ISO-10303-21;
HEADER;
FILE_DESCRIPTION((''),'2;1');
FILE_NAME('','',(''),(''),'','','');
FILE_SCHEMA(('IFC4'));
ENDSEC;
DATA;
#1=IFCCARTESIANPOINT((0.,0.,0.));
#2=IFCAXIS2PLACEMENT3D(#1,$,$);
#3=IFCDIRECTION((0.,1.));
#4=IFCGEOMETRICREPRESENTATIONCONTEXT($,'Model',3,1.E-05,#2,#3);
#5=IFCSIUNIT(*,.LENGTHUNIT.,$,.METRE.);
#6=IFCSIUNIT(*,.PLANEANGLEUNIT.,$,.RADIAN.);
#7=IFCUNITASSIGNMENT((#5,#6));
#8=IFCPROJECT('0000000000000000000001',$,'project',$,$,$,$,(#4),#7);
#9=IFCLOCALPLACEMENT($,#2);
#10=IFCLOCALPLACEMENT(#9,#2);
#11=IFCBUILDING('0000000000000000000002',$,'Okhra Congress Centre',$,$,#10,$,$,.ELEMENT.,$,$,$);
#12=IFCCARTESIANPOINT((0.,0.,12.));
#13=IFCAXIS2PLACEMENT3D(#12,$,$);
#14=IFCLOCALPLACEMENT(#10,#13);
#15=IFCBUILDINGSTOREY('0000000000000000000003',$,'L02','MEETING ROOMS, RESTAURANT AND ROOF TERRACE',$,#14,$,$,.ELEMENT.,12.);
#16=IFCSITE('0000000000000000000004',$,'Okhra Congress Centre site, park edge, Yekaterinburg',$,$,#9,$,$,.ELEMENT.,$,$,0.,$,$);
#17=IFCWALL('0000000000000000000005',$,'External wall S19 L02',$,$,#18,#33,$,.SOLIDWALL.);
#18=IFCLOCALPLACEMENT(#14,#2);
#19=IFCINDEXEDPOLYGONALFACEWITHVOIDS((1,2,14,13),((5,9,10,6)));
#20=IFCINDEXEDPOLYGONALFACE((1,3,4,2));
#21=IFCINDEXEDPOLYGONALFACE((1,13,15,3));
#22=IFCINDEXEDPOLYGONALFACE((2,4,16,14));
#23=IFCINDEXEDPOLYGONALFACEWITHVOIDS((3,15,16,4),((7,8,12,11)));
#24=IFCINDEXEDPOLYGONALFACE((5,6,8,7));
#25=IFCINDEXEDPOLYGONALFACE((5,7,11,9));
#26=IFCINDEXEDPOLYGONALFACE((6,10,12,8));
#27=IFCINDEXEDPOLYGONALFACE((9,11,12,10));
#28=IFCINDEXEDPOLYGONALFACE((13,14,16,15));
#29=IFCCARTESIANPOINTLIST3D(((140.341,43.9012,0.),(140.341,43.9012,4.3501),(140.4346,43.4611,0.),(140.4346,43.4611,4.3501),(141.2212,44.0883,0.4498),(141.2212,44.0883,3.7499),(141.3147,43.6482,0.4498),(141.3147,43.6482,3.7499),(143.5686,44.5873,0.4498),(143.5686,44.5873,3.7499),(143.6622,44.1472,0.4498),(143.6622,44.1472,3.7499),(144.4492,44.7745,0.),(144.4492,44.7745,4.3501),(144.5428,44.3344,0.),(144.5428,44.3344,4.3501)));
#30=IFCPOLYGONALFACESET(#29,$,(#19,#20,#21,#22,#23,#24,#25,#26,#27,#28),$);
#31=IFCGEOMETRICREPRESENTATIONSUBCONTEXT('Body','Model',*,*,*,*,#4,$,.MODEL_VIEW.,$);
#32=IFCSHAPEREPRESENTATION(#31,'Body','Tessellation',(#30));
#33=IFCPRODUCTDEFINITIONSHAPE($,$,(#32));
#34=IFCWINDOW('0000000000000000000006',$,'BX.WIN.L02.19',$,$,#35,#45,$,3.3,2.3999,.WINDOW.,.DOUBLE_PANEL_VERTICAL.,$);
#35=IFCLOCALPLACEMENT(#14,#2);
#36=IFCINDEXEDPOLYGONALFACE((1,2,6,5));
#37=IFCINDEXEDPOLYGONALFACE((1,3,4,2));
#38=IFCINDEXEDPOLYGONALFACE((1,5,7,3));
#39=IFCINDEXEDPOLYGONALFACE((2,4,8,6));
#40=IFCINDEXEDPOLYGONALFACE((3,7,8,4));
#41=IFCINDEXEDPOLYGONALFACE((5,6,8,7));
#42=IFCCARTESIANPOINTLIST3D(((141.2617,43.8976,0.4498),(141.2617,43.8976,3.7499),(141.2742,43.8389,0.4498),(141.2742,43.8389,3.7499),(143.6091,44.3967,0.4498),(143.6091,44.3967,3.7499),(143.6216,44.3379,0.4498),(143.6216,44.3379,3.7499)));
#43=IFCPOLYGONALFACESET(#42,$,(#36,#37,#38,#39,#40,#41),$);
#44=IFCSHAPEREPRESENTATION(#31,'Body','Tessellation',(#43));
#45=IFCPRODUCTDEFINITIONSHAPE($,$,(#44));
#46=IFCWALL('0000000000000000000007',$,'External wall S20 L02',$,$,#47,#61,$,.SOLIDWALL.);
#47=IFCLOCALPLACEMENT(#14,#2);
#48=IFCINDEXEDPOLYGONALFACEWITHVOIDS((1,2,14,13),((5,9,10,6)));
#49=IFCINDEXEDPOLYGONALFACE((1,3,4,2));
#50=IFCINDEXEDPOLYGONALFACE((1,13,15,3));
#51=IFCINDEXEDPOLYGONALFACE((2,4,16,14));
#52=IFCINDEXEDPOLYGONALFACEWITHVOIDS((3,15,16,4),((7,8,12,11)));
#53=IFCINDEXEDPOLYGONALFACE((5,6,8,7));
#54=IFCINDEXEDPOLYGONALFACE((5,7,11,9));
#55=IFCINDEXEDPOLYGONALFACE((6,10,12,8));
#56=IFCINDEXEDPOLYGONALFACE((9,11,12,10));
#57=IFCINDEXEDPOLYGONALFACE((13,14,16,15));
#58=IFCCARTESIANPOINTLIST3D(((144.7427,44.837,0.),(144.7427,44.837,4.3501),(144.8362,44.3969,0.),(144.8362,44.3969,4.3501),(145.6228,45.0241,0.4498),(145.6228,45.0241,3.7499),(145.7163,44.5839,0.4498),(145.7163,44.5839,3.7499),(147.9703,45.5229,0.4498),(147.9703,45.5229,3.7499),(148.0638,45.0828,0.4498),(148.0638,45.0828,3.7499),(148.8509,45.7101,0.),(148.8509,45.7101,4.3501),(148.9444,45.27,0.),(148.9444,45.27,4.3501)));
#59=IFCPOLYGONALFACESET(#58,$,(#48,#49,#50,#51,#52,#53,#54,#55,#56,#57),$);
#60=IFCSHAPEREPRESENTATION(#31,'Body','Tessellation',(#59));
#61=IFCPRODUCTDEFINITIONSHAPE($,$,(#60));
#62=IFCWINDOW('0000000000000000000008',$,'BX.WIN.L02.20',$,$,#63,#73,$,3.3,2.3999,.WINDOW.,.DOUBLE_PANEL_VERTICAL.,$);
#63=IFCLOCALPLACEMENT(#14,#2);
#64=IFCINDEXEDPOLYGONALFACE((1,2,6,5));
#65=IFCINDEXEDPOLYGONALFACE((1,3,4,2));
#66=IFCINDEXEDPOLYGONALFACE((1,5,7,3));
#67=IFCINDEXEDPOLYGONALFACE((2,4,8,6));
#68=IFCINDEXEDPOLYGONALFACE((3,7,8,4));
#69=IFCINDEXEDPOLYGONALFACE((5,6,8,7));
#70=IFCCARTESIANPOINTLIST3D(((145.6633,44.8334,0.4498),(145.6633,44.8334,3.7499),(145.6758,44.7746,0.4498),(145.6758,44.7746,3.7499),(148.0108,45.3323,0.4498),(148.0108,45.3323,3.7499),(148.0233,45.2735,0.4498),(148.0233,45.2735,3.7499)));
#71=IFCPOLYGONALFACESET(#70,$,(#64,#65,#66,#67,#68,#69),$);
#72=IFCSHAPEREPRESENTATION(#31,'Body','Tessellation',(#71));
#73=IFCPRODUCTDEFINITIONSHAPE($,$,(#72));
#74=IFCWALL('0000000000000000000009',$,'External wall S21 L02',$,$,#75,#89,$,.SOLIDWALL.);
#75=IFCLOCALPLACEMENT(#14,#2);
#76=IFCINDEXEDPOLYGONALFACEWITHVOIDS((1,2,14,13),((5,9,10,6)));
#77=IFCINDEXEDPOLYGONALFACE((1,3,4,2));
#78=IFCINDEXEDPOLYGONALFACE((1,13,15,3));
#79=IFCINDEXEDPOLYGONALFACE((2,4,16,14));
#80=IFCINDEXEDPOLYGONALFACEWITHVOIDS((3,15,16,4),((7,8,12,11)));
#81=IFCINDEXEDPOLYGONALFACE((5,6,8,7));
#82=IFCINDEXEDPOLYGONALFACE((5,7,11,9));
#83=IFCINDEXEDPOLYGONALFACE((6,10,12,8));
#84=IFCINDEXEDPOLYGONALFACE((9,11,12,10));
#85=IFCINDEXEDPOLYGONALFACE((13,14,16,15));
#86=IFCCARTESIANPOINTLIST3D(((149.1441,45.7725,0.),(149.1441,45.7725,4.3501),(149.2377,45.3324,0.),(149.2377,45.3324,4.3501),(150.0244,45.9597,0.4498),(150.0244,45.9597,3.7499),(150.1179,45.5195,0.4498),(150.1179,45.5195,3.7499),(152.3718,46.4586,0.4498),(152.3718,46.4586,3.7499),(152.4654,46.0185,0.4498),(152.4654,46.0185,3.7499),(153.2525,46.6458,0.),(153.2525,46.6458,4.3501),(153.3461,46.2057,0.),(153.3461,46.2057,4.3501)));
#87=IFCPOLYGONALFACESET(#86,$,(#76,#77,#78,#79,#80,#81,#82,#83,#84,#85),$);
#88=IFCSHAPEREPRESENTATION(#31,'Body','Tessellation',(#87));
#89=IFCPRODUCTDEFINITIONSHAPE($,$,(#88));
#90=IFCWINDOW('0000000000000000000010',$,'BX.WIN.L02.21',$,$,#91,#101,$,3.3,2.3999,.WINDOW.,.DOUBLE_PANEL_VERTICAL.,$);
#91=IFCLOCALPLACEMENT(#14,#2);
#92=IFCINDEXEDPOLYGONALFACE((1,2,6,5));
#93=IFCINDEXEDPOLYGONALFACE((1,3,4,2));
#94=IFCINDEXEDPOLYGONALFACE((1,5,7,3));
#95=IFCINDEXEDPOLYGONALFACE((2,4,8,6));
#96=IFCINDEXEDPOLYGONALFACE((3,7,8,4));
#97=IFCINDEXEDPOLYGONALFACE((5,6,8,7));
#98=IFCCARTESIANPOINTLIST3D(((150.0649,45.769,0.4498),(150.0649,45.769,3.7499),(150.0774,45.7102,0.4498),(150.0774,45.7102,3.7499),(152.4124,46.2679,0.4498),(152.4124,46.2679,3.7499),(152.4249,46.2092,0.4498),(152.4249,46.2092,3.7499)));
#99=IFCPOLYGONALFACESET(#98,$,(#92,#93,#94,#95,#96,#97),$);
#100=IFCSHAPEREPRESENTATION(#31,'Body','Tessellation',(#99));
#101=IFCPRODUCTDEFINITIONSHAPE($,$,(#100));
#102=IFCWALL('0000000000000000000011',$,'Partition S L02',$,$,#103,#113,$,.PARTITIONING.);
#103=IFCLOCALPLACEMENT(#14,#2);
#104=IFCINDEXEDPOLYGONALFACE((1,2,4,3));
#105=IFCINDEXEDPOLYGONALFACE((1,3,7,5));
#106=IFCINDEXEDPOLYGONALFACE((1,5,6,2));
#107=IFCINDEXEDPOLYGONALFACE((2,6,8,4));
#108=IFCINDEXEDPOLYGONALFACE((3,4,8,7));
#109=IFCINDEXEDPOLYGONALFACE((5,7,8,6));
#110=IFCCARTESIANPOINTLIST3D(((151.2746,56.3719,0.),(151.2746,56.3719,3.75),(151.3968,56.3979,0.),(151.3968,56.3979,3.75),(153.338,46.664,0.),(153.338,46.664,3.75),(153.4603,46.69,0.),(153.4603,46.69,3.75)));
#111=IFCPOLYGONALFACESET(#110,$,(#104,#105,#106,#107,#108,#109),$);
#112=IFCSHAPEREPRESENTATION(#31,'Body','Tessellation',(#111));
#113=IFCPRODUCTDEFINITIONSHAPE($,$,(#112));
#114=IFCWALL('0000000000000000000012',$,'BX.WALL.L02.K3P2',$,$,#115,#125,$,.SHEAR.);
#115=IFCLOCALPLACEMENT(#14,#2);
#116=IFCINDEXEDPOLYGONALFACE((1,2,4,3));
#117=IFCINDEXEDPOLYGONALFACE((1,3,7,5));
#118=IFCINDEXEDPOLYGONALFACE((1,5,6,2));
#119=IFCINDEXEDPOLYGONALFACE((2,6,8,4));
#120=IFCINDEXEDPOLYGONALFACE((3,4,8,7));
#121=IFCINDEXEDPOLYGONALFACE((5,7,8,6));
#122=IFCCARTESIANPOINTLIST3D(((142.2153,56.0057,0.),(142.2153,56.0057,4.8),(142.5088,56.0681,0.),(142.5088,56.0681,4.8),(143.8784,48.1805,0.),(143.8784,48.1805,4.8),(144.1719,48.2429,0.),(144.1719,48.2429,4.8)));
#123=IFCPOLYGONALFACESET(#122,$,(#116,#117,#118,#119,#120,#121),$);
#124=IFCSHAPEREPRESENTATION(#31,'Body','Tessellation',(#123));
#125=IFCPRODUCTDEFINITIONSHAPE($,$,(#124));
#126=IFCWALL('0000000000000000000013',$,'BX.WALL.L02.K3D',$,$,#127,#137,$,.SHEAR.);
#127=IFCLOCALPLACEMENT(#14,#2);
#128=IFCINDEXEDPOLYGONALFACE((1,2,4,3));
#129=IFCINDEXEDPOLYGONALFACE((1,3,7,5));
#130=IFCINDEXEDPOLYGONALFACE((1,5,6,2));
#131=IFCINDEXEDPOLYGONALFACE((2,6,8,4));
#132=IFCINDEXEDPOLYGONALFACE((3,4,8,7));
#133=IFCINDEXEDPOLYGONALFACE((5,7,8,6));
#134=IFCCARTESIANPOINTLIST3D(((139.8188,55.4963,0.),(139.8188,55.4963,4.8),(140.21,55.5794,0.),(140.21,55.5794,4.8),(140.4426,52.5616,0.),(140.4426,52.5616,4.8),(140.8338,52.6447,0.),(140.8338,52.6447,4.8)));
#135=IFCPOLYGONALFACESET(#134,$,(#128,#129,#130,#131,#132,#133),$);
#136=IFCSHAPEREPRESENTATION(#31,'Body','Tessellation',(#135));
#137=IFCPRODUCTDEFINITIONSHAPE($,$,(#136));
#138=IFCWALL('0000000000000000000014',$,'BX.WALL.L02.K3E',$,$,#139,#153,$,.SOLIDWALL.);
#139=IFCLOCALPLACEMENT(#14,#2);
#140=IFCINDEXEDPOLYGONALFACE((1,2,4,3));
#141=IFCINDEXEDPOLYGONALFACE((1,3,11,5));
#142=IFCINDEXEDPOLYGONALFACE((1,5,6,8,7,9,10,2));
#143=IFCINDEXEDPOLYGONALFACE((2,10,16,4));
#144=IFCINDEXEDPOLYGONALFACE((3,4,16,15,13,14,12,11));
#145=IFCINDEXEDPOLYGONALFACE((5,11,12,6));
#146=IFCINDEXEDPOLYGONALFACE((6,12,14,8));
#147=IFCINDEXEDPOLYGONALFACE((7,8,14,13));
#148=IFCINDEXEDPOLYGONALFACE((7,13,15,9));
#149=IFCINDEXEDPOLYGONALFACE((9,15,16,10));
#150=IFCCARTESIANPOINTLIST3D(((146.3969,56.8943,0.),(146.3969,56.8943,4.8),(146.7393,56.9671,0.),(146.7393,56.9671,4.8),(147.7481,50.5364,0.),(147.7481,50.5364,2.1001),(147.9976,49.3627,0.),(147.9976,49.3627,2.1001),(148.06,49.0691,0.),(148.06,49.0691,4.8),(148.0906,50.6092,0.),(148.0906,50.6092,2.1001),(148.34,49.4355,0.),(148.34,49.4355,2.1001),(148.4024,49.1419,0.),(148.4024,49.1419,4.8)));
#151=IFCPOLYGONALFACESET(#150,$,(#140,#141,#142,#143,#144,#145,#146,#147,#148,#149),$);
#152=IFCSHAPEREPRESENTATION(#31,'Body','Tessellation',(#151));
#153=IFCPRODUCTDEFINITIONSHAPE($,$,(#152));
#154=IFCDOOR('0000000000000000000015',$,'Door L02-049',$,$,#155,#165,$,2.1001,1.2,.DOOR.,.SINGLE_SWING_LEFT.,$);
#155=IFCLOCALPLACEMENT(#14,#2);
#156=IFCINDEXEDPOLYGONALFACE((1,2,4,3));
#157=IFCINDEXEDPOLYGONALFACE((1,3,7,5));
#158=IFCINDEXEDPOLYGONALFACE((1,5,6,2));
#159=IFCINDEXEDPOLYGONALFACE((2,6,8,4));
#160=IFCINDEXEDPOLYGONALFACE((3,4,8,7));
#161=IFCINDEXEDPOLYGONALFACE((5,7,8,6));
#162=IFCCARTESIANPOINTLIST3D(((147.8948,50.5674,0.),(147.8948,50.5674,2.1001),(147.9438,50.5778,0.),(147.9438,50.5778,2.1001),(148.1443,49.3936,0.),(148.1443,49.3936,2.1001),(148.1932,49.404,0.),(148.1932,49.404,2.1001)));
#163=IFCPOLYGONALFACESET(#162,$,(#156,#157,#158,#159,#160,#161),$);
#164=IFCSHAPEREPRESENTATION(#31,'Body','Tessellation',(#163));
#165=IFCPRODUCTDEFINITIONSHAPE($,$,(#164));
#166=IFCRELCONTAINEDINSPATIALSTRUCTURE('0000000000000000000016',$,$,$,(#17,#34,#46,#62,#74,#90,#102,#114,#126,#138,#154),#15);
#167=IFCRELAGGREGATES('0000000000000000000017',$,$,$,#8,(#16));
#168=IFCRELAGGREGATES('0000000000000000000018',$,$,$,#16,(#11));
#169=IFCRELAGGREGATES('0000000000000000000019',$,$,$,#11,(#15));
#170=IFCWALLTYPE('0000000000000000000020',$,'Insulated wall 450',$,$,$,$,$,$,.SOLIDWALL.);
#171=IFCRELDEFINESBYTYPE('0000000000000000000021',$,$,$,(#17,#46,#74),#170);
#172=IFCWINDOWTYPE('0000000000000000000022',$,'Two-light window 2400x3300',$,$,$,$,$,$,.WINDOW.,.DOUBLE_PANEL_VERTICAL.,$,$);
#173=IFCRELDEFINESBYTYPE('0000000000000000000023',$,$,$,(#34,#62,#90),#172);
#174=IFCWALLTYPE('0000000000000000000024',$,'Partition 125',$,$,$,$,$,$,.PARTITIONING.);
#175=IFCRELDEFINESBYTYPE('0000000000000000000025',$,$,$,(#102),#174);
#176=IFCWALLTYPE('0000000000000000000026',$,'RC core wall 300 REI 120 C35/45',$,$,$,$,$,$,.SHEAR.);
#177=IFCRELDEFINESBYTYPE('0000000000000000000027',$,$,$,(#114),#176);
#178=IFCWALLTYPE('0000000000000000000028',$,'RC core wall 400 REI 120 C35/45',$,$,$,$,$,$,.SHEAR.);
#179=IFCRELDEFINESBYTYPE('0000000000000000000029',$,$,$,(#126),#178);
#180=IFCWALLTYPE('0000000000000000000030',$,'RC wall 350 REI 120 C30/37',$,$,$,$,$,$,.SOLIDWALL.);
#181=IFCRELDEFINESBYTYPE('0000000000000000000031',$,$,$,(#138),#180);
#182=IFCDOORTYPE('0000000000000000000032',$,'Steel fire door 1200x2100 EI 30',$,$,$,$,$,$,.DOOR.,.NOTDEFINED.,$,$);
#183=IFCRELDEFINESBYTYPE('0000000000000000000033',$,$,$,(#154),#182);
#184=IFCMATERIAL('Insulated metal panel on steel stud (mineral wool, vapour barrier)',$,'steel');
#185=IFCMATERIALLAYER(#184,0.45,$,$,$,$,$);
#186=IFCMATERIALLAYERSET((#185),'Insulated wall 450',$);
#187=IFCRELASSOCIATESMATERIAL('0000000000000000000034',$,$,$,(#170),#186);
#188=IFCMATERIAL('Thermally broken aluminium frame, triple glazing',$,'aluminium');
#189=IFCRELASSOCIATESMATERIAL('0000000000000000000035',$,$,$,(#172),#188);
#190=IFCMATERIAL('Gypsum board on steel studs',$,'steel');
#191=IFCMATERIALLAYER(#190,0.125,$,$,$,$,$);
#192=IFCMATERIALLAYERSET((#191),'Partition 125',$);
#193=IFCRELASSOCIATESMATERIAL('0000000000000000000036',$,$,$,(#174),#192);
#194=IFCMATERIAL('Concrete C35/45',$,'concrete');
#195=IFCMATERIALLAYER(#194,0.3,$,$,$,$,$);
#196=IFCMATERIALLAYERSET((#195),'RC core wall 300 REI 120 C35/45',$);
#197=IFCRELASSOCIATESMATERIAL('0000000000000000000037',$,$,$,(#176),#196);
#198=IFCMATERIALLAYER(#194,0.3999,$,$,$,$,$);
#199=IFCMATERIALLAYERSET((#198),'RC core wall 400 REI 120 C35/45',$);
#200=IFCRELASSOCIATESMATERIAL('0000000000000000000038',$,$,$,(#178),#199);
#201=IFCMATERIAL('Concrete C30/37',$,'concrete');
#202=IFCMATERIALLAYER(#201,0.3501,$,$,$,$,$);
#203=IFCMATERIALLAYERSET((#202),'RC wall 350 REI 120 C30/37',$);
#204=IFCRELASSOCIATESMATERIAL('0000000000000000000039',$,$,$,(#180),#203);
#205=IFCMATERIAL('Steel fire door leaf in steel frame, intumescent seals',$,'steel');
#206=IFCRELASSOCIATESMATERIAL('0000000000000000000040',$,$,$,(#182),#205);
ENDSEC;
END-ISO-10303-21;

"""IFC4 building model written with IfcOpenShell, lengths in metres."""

from ifc_helpers import new_model, si_unit, direction, frame, frame_2d, origin, place, context, subcontext, project, spatial, rectangle, extrude, material, layer, layer_set, type_object, element, fill, save


model = new_model("IFC4")

# Units and contexts
model_context = context("Model", 3, precision=1e-05, world=origin(), true_north=direction((0.0, 1.0)))
body_context = subcontext(model_context, "Body", "Model", "MODEL_VIEW")
ifc_project = project(units=[si_unit("LENGTHUNIT", "METRE"), si_unit("PLANEANGLEUNIT", "RADIAN")], contexts=[model_context])

# Site, building, storey
site_placement = place(None, origin())
site = spatial("IfcSite", under=ifc_project, at=site_placement, Name="Okhra Congress Centre site, park edge, Yekaterinburg", CompositionType="ELEMENT", RefElevation=0.0)
building_placement = place(site_placement, origin())
building = spatial("IfcBuilding", under=site, at=building_placement, Name="Okhra Congress Centre", CompositionType="ELEMENT")
storey_placement = place(building_placement, frame((0.0, 0.0, 12.0)))
storey = spatial("IfcBuildingStorey", under=building, at=storey_placement, Name="L02", Description="MEETING ROOMS, RESTAURANT AND ROOF TERRACE", CompositionType="ELEMENT", Elevation=12.0)

# Walls, openings, windows
ifc_material_1 = material(Name="Insulated metal panel on steel stud (mineral wool, vapour barrier)", Category="steel")
ifc_layer_1 = layer(ifc_material_1, 0.45)
ifc_layer_set_1 = layer_set([ifc_layer_1], Name="Insulated wall 450")
wall_type_1 = type_object("IfcWallType", Name="Insulated wall 450", PredefinedType="SOLIDWALL", material=ifc_layer_set_1)
wall_1_placement = place(storey_placement, frame((140.3877, 43.6812, 0.0), z_axis=(0.0, 0.0, 1.0), x_axis=(0.978144, 0.207929, 0.0)))
wall_1 = element("IfcWall", 1, at=wall_1_placement, inside=storey, type_object=wall_type_1, Name="External wall S19 L02", PredefinedType="SOLIDWALL", context=body_context, shape_type="SweptSolid", body=[
    extrude(rectangle(XDim=4.2, YDim=0.45, at=frame_2d((2.1001, 0.0))), origin(), (0.0, 0.0, 1.0), 4.3501),
])
opening_1_placement = place(wall_1_placement, frame((0.8999, 0.0, 0.45)))
opening_1 = element("IfcOpeningElement", 2, at=opening_1_placement, cuts=wall_1, PredefinedType="OPENING", context=body_context, shape_type="SweptSolid", body=[
    extrude(rectangle(XDim=2.3999, YDim=3.3, at=frame_2d((1.2, 1.6499))), frame((0.0, 0.2349, 0.0), z_axis=(0.0, -1.0, 0.0), x_axis=(1.0, 0.0, 0.0)), (0.0, 0.0, 1.0), 0.47),
])
ifc_material_2 = material(Name="Thermally broken aluminium frame, triple glazing", Category="aluminium")
window_type = type_object("IfcWindowType", Name="Two-light window 2400x3300", PartitioningType="DOUBLE_PANEL_VERTICAL", PredefinedType="WINDOW", material=ifc_material_2)
window_1_placement = place(opening_1_placement, origin())
window_1 = element("IfcWindow", 3, at=window_1_placement, inside=storey, type_object=window_type, Name="BX.WIN.L02.19", OverallHeight=3.3, OverallWidth=2.3999, PartitioningType="DOUBLE_PANEL_VERTICAL", PredefinedType="WINDOW", context=body_context, shape_type="SweptSolid", body=[
    extrude(rectangle(XDim=2.3999, YDim=3.3, at=frame_2d((1.2, 1.6499))), frame((0.0, 0.03, 0.0), z_axis=(0.0, -1.0, 0.0), x_axis=(1.0, 0.0, 0.0)), (0.0, 0.0, 1.0), 0.0601),
])
fill(opening_1, window_1)
wall_2_placement = place(storey_placement, frame((144.7893, 44.6169, 0.0), z_axis=(0.0, 0.0, 1.0), x_axis=(0.978156, 0.207873, 0.0)))
wall_2 = element("IfcWall", 4, at=wall_2_placement, inside=storey, type_object=wall_type_1, Name="External wall S20 L02", PredefinedType="SOLIDWALL", context=body_context, shape_type="SweptSolid", body=[
    extrude(rectangle(XDim=4.2, YDim=0.45, at=frame_2d((2.1001, 0.0))), origin(), (0.0, 0.0, 1.0), 4.3501),
])
opening_2_placement = place(wall_2_placement, frame((0.8999, 0.0, 0.45)))
opening_2 = element("IfcOpeningElement", 5, at=opening_2_placement, cuts=wall_2, PredefinedType="OPENING", context=body_context, shape_type="SweptSolid", body=[
    extrude(rectangle(XDim=2.3999, YDim=3.3, at=frame_2d((1.2, 1.6499))), frame((0.0, 0.2349, 0.0), z_axis=(0.0, -1.0, 0.0), x_axis=(1.0, 0.0, 0.0)), (0.0, 0.0, 1.0), 0.47),
])
window_2_placement = place(opening_2_placement, origin())
window_2 = element("IfcWindow", 6, at=window_2_placement, inside=storey, type_object=window_type, Name="BX.WIN.L02.20", OverallHeight=3.3, OverallWidth=2.3999, PartitioningType="DOUBLE_PANEL_VERTICAL", PredefinedType="WINDOW", context=body_context, shape_type="SweptSolid", body=[
    extrude(rectangle(XDim=2.3999, YDim=3.3, at=frame_2d((1.2, 1.6499))), frame((0.0, 0.03, 0.0), z_axis=(0.0, -1.0, 0.0), x_axis=(1.0, 0.0, 0.0)), (0.0, 0.0, 1.0), 0.0601),
])
fill(opening_2, window_2)
wall_3_placement = place(storey_placement, frame((149.1909, 45.5525, 0.0), z_axis=(0.0, 0.0, 1.0), x_axis=(0.978146, 0.207917, 0.0)))
wall_3 = element("IfcWall", 7, at=wall_3_placement, inside=storey, type_object=wall_type_1, Name="External wall S21 L02", PredefinedType="SOLIDWALL", context=body_context, shape_type="SweptSolid", body=[
    extrude(rectangle(XDim=4.2002, YDim=0.45, at=frame_2d((2.1001, 0.0))), origin(), (0.0, 0.0, 1.0), 4.3501),
])
opening_3_placement = place(wall_3_placement, frame((0.8999, 0.0, 0.45)))
opening_3 = element("IfcOpeningElement", 8, at=opening_3_placement, cuts=wall_3, PredefinedType="OPENING", context=body_context, shape_type="SweptSolid", body=[
    extrude(rectangle(XDim=2.3999, YDim=3.3, at=frame_2d((1.2, 1.6499))), frame((0.0, 0.2349, 0.0), z_axis=(0.0, -1.0, 0.0), x_axis=(1.0, 0.0, 0.0)), (0.0, 0.0, 1.0), 0.47),
])
window_3_placement = place(opening_3_placement, origin())
window_3 = element("IfcWindow", 9, at=window_3_placement, inside=storey, type_object=window_type, Name="BX.WIN.L02.21", OverallHeight=3.3, OverallWidth=2.3999, PartitioningType="DOUBLE_PANEL_VERTICAL", PredefinedType="WINDOW", context=body_context, shape_type="SweptSolid", body=[
    extrude(rectangle(XDim=2.3999, YDim=3.3, at=frame_2d((1.2, 1.6499))), frame((0.0, 0.03, 0.0), z_axis=(0.0, -1.0, 0.0), x_axis=(1.0, 0.0, 0.0)), (0.0, 0.0, 1.0), 0.0601),
])
fill(opening_3, window_3)

# Walls
ifc_material_3 = material(Name="Gypsum board on steel studs", Category="steel")
ifc_layer_2 = layer(ifc_material_3, 0.125)
ifc_layer_set_2 = layer_set([ifc_layer_2], Name="Partition 125")
wall_type_2 = type_object("IfcWallType", Name="Partition 125", PredefinedType="PARTITIONING", material=ifc_layer_set_2)
wall_4_placement = place(storey_placement, frame((153.3992, 46.677, 0.0), z_axis=(0.0, 0.0, 1.0), x_axis=(-0.207909, 0.978148, 0.0)))
element("IfcWall", 10, at=wall_4_placement, inside=storey, type_object=wall_type_2, Name="Partition S L02", PredefinedType="PARTITIONING", context=body_context, shape_type="SweptSolid", body=[
    extrude(rectangle(XDim=9.9248, YDim=0.125, at=frame_2d((4.9624, 0.0))), origin(), (0.0, 0.0, 1.0), 3.75),
])
ifc_material_4 = material(Name="Concrete C35/45", Category="concrete")
ifc_layer_3 = layer(ifc_material_4, 0.3)
ifc_layer_set_3 = layer_set([ifc_layer_3], Name="RC core wall 300 REI 120 C35/45")
wall_type_3 = type_object("IfcWallType", Name="RC core wall 300 REI 120 C35/45", PredefinedType="SHEAR", material=ifc_layer_set_3)
wall_5_placement = place(storey_placement, frame((144.0251, 48.2117, 0.0), z_axis=(0.0, 0.0, 1.0), x_axis=(-0.207886, 0.978153, 0.0)))
element("IfcWall", 11, at=wall_5_placement, inside=storey, type_object=wall_type_3, Name="BX.WALL.L02.K3P2", PredefinedType="SHEAR", context=body_context, shape_type="SweptSolid", body=[
    extrude(rectangle(XDim=8.0, YDim=0.3, at=frame_2d((4.0, 0.0))), origin(), (0.0, 0.0, 1.0), 4.8),
])
ifc_layer_4 = layer(ifc_material_4, 0.3999)
ifc_layer_set_4 = layer_set([ifc_layer_4], Name="RC core wall 400 REI 120 C35/45")
wall_type_4 = type_object("IfcWallType", Name="RC core wall 400 REI 120 C35/45", PredefinedType="SHEAR", material=ifc_layer_set_4)
wall_6_placement = place(storey_placement, frame((140.6382, 52.6033, 0.0), z_axis=(0.0, 0.0, 1.0), x_axis=(-0.207917, 0.978146, 0.0)))
element("IfcWall", 12, at=wall_6_placement, inside=storey, type_object=wall_type_4, Name="BX.WALL.L02.K3D", PredefinedType="SHEAR", context=body_context, shape_type="SweptSolid", body=[
    extrude(rectangle(XDim=3.0002, YDim=0.3999, at=frame_2d((1.5, 0.0))), origin(), (0.0, 0.0, 1.0), 4.8),
])

# Wall, opening, door
ifc_material_5 = material(Name="Concrete C30/37", Category="concrete")
ifc_layer_5 = layer(ifc_material_5, 0.3501)
ifc_layer_set_5 = layer_set([ifc_layer_5], Name="RC wall 350 REI 120 C30/37")
wall_type_5 = type_object("IfcWallType", Name="RC wall 350 REI 120 C30/37", PredefinedType="SOLIDWALL", material=ifc_layer_set_5)
wall_7_placement = place(storey_placement, frame((148.2312, 49.1055, 0.0), z_axis=(0.0, 0.0, 1.0), x_axis=(-0.207886, 0.978153, 0.0)))
wall_7 = element("IfcWall", 13, at=wall_7_placement, inside=storey, type_object=wall_type_5, Name="BX.WALL.L02.K3E", PredefinedType="SOLIDWALL", context=body_context, shape_type="SweptSolid", body=[
    extrude(rectangle(XDim=8.0, YDim=0.3501, at=frame_2d((4.0, 0.0))), origin(), (0.0, 0.0, 1.0), 4.8),
])
opening_4_placement = place(wall_7_placement, frame((0.3, 0.0, 0.0)))
opening_4 = element("IfcOpeningElement", 14, at=opening_4_placement, cuts=wall_7, PredefinedType="OPENING", context=body_context, shape_type="SweptSolid", body=[
    extrude(rectangle(XDim=1.2, YDim=2.1001, at=frame_2d((0.6001, 1.05))), frame((0.0, 0.1851, 0.0), z_axis=(0.0, -1.0, 0.0), x_axis=(1.0, 0.0, 0.0)), (0.0, 0.0, 1.0), 0.3701),
])
ifc_material_6 = material(Name="Steel fire door leaf in steel frame, intumescent seals", Category="steel")
door_type = type_object("IfcDoorType", Name="Steel fire door 1200x2100 EI 30", OperationType="NOTDEFINED", PredefinedType="DOOR", material=ifc_material_6)
door_placement = place(opening_4_placement, frame((1.2, 0.0, 0.0), z_axis=(0.0, 0.0, 1.0), x_axis=(-1.0, 0.0, 0.0)))
door = element("IfcDoor", 15, at=door_placement, inside=storey, type_object=door_type, Name="Door L02-049", OperationType="SINGLE_SWING_LEFT", OverallHeight=2.1001, OverallWidth=1.2, PredefinedType="DOOR", context=body_context, shape_type="SweptSolid", body=[
    extrude(rectangle(XDim=1.2, YDim=2.1001, at=frame_2d((0.6001, 1.05))), frame((0.0, 0.0249, 0.0), z_axis=(0.0, -1.0, 0.0), x_axis=(1.0, 0.0, 0.0)), (0.0, 0.0, 1.0), 0.05),
])
fill(opening_4, door)

save(model, "model.ifc")
